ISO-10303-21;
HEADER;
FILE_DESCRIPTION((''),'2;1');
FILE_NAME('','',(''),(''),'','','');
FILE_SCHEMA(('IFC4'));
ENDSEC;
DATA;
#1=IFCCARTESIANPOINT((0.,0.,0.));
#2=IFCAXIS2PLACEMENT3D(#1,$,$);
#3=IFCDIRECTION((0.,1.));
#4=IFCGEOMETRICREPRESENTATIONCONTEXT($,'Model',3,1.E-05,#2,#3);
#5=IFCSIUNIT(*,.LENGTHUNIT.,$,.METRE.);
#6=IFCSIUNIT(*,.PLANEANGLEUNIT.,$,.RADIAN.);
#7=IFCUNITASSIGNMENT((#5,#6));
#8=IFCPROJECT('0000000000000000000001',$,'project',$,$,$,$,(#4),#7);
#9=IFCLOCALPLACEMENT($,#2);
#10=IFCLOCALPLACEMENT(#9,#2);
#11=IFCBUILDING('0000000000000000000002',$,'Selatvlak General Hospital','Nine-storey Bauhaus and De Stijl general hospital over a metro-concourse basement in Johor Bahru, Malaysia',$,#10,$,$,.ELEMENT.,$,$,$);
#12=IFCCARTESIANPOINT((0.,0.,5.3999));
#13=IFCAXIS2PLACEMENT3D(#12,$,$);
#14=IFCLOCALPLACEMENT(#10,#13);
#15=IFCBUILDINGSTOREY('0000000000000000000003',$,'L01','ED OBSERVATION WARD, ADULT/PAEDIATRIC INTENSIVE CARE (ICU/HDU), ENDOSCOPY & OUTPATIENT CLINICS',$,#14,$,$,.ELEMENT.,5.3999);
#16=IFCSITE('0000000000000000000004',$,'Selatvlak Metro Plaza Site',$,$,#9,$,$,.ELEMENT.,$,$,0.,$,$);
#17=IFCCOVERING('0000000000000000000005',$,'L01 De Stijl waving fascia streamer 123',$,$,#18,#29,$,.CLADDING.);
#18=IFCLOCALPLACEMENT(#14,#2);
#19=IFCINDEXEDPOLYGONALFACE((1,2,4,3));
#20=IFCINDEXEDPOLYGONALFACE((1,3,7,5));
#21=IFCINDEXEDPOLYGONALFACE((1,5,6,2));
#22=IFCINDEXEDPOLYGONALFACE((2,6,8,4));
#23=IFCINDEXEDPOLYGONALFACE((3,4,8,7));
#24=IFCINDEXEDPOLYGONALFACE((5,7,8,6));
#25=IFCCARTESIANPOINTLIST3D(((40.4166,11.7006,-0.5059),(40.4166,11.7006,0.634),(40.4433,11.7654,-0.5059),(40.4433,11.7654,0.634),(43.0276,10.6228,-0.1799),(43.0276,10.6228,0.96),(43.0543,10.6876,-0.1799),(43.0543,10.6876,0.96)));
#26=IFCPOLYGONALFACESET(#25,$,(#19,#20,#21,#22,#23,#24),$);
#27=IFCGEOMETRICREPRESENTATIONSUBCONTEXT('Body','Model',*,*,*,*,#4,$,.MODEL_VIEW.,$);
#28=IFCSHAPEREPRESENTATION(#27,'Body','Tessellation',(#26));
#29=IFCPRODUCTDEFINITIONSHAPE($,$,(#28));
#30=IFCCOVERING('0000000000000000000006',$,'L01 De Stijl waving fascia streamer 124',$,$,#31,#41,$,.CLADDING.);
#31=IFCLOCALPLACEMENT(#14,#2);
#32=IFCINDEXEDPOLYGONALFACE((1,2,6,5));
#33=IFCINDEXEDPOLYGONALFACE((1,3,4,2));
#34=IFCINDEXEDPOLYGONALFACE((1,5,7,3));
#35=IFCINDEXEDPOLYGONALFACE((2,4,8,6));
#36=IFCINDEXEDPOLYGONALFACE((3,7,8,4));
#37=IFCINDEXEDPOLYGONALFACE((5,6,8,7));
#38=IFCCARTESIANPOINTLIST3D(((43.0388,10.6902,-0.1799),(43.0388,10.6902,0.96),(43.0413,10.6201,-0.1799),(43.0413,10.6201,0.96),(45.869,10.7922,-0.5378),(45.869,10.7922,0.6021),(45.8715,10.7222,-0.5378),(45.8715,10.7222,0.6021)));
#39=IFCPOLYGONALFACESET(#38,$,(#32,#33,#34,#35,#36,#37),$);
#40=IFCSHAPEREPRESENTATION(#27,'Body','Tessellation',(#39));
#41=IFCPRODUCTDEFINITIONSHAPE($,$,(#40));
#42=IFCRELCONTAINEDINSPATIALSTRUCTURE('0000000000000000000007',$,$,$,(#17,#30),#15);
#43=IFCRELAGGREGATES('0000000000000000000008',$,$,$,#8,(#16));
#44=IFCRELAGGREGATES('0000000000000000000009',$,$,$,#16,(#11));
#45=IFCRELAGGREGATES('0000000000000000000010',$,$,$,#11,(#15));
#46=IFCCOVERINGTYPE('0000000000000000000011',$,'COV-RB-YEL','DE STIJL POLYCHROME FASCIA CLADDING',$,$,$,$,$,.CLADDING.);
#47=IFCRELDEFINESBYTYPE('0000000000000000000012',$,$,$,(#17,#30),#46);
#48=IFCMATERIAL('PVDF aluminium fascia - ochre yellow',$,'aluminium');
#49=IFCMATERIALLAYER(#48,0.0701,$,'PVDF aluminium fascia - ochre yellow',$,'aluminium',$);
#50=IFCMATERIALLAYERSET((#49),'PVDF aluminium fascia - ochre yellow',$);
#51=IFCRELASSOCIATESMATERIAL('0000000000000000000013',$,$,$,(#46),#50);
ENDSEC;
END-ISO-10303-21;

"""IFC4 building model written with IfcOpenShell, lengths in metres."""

from ifc_helpers import new_model, si_unit, direction, frame, origin, place, context, subcontext, project, spatial, polyline, outline, extrude, material, layer, layer_set, type_object, element, save


model = new_model("IFC4")

# Units and contexts
model_context = context("Model", 3, precision=1e-05, world=origin(), true_north=direction((0.0, 1.0)))
body_context = subcontext(model_context, "Body", "Model", "MODEL_VIEW")
ifc_project = project(units=[si_unit("LENGTHUNIT", "METRE"), si_unit("PLANEANGLEUNIT", "RADIAN")], contexts=[model_context])

# Site, building, storey
site_placement = place(None, origin())
site = spatial("IfcSite", under=ifc_project, at=site_placement, Name="Selatvlak Metro Plaza Site", CompositionType="ELEMENT", RefElevation=0.0)
building_placement = place(site_placement, origin())
building = spatial("IfcBuilding", under=site, at=building_placement, Name="Selatvlak General Hospital", Description="Nine-storey Bauhaus and De Stijl general hospital over a metro-concourse basement in Johor Bahru, Malaysia", CompositionType="ELEMENT")
storey_placement = place(building_placement, frame((0.0, 0.0, 5.3999)))
storey = spatial("IfcBuildingStorey", under=building, at=storey_placement, Name="L01", Description="ED OBSERVATION WARD, ADULT/PAEDIATRIC INTENSIVE CARE (ICU/HDU), ENDOSCOPY & OUTPATIENT CLINICS", CompositionType="ELEMENT", Elevation=5.3999)

# Coverings
ifc_material_1 = material(Name="PVDF aluminium fascia - ochre yellow", Category="aluminium")
ifc_layer_1 = layer(ifc_material_1, 0.0701, Name="PVDF aluminium fascia - ochre yellow", Category="aluminium")
ifc_layer_set_1 = layer_set([ifc_layer_1], Name="PVDF aluminium fascia - ochre yellow")
covering_type = type_object("IfcCoveringType", Name="COV-RB-YEL", Description="DE STIJL POLYCHROME FASCIA CLADDING", PredefinedType="CLADDING", material=ifc_layer_set_1)
covering_1_placement = place(storey_placement, frame((40.4299, 11.7329, -0.5059), z_axis=(0.0, 0.0, 1.0), x_axis=(0.924338, -0.381576, 0.0)))
element("IfcCovering", 1, at=covering_1_placement, inside=storey, type_object=covering_type, Name="L01 De Stijl waving fascia streamer 123", PredefinedType="CLADDING", context=body_context, shape_type="SweptSolid", body=[
    extrude(outline(polyline([(0.0, 0.0), (2.8247, 0.3259), (2.8247, 1.4658), (0.0, 1.1399), (0.0, 0.0)])), frame((0.0, 0.0352, 0.0), z_axis=(0.0, -1.0, 0.0), x_axis=(1.0, 0.0, 0.0)), (0.0, 0.0, 1.0), 0.0701),
])
covering_2_placement = place(storey_placement, frame((43.04, 10.655, -0.1799), z_axis=(0.0, 0.0, 1.0), x_axis=(0.99935, 0.036036, 0.0)))
element("IfcCovering", 2, at=covering_2_placement, inside=storey, type_object=covering_type, Name="L01 De Stijl waving fascia streamer 124", PredefinedType="CLADDING", context=body_context, shape_type="SweptSolid", body=[
    extrude(outline(polyline([(0.0, 0.0), (2.832, -0.3579), (2.832, 0.782), (0.0, 1.1399), (0.0, 0.0)])), frame((0.0, 0.0352, 0.0), z_axis=(0.0, -1.0, 0.0), x_axis=(1.0, 0.0, 0.0)), (0.0, 0.0, 1.0), 0.0701),
])

save(model, "model.ifc")
